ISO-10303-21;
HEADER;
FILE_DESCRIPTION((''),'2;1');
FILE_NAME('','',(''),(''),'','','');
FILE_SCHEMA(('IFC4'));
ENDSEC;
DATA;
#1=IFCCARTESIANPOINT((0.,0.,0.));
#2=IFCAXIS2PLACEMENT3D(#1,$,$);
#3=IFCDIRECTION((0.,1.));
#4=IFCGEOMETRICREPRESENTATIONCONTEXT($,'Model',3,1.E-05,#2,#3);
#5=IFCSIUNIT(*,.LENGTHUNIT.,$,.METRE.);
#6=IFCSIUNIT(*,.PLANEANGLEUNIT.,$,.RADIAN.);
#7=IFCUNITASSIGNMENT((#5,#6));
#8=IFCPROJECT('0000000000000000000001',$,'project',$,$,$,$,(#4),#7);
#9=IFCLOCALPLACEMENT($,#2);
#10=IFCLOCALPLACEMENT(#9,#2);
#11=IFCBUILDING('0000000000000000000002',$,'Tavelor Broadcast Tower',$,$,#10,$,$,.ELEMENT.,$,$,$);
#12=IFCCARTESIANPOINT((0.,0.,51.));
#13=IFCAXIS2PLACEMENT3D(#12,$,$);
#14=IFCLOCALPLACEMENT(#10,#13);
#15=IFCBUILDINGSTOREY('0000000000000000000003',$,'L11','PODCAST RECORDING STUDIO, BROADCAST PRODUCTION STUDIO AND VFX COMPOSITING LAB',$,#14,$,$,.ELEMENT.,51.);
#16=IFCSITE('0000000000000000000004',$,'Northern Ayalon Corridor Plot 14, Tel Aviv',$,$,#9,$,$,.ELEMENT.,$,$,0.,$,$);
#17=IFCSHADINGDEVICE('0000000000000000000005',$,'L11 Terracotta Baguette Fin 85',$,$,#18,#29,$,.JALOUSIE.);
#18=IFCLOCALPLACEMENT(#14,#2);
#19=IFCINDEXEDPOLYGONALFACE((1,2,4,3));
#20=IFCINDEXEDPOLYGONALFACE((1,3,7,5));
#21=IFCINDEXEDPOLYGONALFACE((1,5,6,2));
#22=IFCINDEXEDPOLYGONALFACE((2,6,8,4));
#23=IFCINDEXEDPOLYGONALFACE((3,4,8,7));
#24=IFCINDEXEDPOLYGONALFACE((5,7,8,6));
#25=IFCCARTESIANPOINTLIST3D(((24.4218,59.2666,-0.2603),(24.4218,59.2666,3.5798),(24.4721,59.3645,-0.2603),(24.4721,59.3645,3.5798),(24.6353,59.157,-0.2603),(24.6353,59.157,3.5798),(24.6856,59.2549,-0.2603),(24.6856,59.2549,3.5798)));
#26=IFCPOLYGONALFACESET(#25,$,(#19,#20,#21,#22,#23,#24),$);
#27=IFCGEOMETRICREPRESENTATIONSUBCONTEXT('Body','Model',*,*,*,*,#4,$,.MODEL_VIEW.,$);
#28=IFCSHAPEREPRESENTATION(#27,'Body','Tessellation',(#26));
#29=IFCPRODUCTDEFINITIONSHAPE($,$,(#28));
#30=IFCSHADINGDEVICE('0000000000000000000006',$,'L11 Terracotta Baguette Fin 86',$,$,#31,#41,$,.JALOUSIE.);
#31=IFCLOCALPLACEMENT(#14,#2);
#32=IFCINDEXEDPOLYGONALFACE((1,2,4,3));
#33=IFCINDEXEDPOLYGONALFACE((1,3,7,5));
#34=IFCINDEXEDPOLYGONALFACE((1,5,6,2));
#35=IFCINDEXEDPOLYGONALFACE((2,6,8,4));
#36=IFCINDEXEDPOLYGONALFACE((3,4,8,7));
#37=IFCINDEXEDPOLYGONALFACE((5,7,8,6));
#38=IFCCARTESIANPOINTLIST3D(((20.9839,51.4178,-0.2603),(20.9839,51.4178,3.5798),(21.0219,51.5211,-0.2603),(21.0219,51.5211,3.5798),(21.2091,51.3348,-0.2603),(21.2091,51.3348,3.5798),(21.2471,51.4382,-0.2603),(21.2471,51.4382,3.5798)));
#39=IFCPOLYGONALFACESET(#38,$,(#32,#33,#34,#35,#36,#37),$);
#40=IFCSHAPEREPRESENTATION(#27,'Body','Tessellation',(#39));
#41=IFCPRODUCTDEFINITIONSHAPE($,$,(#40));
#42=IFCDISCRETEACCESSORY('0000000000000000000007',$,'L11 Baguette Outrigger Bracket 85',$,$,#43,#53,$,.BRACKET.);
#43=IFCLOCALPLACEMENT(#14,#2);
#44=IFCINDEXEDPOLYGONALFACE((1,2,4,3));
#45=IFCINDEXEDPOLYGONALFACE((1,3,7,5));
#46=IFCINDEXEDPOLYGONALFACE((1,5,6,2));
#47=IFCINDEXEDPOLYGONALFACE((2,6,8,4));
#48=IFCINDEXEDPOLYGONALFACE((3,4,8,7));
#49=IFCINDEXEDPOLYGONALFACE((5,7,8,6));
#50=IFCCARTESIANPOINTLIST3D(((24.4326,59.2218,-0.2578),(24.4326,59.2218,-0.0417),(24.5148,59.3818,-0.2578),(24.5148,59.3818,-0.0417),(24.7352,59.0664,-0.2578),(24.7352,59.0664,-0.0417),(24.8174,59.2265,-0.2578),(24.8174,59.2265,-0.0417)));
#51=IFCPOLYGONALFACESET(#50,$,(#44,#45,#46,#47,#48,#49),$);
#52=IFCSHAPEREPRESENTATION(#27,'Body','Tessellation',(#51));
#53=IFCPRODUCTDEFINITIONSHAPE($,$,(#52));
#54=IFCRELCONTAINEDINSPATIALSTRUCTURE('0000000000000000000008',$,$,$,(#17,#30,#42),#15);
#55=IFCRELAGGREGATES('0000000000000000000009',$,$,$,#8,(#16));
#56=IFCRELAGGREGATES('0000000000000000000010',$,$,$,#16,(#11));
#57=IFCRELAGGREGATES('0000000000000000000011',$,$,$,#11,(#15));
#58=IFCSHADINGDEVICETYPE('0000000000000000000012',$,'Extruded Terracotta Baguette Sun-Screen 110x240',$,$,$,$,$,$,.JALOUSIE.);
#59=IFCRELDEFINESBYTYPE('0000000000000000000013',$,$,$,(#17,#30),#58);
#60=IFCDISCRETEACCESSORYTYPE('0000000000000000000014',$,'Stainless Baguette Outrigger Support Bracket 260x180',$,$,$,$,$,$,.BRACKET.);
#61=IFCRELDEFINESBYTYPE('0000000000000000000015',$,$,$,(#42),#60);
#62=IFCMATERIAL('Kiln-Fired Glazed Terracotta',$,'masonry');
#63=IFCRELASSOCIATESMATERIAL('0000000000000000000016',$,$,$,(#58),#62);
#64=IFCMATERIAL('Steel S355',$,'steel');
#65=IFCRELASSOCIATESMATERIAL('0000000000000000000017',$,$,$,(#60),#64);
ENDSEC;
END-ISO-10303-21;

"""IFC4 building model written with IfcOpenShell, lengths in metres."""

from ifc_helpers import new_model, si_unit, direction, frame, origin, origin_2d, place, context, subcontext, project, spatial, rectangle, extrude, source, transform, mapped, material, type_object, type_shapes, element, save


model = new_model("IFC4")

# Units and contexts
model_context = context("Model", 3, precision=1e-05, world=origin(), true_north=direction((0.0, 1.0)))
body_context = subcontext(model_context, "Body", "Model", "MODEL_VIEW")
ifc_project = project(units=[si_unit("LENGTHUNIT", "METRE"), si_unit("PLANEANGLEUNIT", "RADIAN")], contexts=[model_context])

# Site, building, storey
site_placement = place(None, origin())
site = spatial("IfcSite", under=ifc_project, at=site_placement, Name="Northern Ayalon Corridor Plot 14, Tel Aviv", CompositionType="ELEMENT", RefElevation=0.0)
building_placement = place(site_placement, origin())
building = spatial("IfcBuilding", under=site, at=building_placement, Name="Tavelor Broadcast Tower", CompositionType="ELEMENT")
storey_placement = place(building_placement, frame((0.0, 0.0, 51.0)))
storey = spatial("IfcBuildingStorey", under=building, at=storey_placement, Name="L11", Description="PODCAST RECORDING STUDIO, BROADCAST PRODUCTION STUDIO AND VFX COMPOSITING LAB", CompositionType="ELEMENT", Elevation=51.0)

# Shared definitions
ifc_material_1 = material(Name="Steel S355", Category="steel")

# Shading devices
ifc_material_2 = material(Name="Kiln-Fired Glazed Terracotta", Category="masonry")
shading_device_type = type_object("IfcShadingDeviceType", Name="Extruded Terracotta Baguette Sun-Screen 110x240", PredefinedType="JALOUSIE", material=ifc_material_2)
shared_shape_1 = source(origin(), body_context, "Body", "SweptSolid", [
    extrude(rectangle(XDim=0.1101, YDim=0.24, at=origin_2d()), origin(), (0.0, 0.0, 1.0), 3.8401),
])
type_shapes(shading_device_type, [shared_shape_1])
for number, where, z_axis, x_axis, name in (
    (1, (24.5537, 59.2607, -0.2603), (0.0, 0.0, 1.0), (-0.456787, -0.889576, 0.0), "L11 Terracotta Baguette Fin 85"),
    (2, (21.1155, 51.428, -0.2603), (0.0, 0.0, 1.0), (-0.345626, -0.938372, 0.0), "L11 Terracotta Baguette Fin 86"),
):
    element("IfcShadingDevice", number, at=place(storey_placement, frame(where, z_axis=z_axis, x_axis=x_axis)), inside=storey, type_object=shading_device_type, Name=name, PredefinedType="JALOUSIE", context=body_context, shape_type="MappedRepresentation", body=[
        mapped(shared_shape_1, transform((0.0, 0.0, 0.0), scale=1.0)),
    ])

# Discrete accessory
discrete_accessory_type = type_object("IfcDiscreteAccessoryType", Name="Stainless Baguette Outrigger Support Bracket 260x180", PredefinedType="BRACKET", material=ifc_material_1)
shared_shape_2 = source(origin(), body_context, "Body", "SweptSolid", [
    extrude(rectangle(XDim=0.1799, YDim=0.3401, at=origin_2d()), origin(), (0.0, 0.0, 1.0), 0.2161),
])
type_shapes(discrete_accessory_type, [shared_shape_2])
discrete_accessory_placement = place(storey_placement, frame((24.625, 59.2241, -0.2578), z_axis=(0.0, 0.0, 1.0), x_axis=(-0.456787, -0.889576, 0.0)))
element("IfcDiscreteAccessory", 3, at=discrete_accessory_placement, inside=storey, type_object=discrete_accessory_type, Name="L11 Baguette Outrigger Bracket 85", PredefinedType="BRACKET", context=body_context, shape_type="MappedRepresentation", body=[
    mapped(shared_shape_2, transform((0.0, 0.0, 0.0), scale=1.0)),
])

save(model, "model.ifc")
